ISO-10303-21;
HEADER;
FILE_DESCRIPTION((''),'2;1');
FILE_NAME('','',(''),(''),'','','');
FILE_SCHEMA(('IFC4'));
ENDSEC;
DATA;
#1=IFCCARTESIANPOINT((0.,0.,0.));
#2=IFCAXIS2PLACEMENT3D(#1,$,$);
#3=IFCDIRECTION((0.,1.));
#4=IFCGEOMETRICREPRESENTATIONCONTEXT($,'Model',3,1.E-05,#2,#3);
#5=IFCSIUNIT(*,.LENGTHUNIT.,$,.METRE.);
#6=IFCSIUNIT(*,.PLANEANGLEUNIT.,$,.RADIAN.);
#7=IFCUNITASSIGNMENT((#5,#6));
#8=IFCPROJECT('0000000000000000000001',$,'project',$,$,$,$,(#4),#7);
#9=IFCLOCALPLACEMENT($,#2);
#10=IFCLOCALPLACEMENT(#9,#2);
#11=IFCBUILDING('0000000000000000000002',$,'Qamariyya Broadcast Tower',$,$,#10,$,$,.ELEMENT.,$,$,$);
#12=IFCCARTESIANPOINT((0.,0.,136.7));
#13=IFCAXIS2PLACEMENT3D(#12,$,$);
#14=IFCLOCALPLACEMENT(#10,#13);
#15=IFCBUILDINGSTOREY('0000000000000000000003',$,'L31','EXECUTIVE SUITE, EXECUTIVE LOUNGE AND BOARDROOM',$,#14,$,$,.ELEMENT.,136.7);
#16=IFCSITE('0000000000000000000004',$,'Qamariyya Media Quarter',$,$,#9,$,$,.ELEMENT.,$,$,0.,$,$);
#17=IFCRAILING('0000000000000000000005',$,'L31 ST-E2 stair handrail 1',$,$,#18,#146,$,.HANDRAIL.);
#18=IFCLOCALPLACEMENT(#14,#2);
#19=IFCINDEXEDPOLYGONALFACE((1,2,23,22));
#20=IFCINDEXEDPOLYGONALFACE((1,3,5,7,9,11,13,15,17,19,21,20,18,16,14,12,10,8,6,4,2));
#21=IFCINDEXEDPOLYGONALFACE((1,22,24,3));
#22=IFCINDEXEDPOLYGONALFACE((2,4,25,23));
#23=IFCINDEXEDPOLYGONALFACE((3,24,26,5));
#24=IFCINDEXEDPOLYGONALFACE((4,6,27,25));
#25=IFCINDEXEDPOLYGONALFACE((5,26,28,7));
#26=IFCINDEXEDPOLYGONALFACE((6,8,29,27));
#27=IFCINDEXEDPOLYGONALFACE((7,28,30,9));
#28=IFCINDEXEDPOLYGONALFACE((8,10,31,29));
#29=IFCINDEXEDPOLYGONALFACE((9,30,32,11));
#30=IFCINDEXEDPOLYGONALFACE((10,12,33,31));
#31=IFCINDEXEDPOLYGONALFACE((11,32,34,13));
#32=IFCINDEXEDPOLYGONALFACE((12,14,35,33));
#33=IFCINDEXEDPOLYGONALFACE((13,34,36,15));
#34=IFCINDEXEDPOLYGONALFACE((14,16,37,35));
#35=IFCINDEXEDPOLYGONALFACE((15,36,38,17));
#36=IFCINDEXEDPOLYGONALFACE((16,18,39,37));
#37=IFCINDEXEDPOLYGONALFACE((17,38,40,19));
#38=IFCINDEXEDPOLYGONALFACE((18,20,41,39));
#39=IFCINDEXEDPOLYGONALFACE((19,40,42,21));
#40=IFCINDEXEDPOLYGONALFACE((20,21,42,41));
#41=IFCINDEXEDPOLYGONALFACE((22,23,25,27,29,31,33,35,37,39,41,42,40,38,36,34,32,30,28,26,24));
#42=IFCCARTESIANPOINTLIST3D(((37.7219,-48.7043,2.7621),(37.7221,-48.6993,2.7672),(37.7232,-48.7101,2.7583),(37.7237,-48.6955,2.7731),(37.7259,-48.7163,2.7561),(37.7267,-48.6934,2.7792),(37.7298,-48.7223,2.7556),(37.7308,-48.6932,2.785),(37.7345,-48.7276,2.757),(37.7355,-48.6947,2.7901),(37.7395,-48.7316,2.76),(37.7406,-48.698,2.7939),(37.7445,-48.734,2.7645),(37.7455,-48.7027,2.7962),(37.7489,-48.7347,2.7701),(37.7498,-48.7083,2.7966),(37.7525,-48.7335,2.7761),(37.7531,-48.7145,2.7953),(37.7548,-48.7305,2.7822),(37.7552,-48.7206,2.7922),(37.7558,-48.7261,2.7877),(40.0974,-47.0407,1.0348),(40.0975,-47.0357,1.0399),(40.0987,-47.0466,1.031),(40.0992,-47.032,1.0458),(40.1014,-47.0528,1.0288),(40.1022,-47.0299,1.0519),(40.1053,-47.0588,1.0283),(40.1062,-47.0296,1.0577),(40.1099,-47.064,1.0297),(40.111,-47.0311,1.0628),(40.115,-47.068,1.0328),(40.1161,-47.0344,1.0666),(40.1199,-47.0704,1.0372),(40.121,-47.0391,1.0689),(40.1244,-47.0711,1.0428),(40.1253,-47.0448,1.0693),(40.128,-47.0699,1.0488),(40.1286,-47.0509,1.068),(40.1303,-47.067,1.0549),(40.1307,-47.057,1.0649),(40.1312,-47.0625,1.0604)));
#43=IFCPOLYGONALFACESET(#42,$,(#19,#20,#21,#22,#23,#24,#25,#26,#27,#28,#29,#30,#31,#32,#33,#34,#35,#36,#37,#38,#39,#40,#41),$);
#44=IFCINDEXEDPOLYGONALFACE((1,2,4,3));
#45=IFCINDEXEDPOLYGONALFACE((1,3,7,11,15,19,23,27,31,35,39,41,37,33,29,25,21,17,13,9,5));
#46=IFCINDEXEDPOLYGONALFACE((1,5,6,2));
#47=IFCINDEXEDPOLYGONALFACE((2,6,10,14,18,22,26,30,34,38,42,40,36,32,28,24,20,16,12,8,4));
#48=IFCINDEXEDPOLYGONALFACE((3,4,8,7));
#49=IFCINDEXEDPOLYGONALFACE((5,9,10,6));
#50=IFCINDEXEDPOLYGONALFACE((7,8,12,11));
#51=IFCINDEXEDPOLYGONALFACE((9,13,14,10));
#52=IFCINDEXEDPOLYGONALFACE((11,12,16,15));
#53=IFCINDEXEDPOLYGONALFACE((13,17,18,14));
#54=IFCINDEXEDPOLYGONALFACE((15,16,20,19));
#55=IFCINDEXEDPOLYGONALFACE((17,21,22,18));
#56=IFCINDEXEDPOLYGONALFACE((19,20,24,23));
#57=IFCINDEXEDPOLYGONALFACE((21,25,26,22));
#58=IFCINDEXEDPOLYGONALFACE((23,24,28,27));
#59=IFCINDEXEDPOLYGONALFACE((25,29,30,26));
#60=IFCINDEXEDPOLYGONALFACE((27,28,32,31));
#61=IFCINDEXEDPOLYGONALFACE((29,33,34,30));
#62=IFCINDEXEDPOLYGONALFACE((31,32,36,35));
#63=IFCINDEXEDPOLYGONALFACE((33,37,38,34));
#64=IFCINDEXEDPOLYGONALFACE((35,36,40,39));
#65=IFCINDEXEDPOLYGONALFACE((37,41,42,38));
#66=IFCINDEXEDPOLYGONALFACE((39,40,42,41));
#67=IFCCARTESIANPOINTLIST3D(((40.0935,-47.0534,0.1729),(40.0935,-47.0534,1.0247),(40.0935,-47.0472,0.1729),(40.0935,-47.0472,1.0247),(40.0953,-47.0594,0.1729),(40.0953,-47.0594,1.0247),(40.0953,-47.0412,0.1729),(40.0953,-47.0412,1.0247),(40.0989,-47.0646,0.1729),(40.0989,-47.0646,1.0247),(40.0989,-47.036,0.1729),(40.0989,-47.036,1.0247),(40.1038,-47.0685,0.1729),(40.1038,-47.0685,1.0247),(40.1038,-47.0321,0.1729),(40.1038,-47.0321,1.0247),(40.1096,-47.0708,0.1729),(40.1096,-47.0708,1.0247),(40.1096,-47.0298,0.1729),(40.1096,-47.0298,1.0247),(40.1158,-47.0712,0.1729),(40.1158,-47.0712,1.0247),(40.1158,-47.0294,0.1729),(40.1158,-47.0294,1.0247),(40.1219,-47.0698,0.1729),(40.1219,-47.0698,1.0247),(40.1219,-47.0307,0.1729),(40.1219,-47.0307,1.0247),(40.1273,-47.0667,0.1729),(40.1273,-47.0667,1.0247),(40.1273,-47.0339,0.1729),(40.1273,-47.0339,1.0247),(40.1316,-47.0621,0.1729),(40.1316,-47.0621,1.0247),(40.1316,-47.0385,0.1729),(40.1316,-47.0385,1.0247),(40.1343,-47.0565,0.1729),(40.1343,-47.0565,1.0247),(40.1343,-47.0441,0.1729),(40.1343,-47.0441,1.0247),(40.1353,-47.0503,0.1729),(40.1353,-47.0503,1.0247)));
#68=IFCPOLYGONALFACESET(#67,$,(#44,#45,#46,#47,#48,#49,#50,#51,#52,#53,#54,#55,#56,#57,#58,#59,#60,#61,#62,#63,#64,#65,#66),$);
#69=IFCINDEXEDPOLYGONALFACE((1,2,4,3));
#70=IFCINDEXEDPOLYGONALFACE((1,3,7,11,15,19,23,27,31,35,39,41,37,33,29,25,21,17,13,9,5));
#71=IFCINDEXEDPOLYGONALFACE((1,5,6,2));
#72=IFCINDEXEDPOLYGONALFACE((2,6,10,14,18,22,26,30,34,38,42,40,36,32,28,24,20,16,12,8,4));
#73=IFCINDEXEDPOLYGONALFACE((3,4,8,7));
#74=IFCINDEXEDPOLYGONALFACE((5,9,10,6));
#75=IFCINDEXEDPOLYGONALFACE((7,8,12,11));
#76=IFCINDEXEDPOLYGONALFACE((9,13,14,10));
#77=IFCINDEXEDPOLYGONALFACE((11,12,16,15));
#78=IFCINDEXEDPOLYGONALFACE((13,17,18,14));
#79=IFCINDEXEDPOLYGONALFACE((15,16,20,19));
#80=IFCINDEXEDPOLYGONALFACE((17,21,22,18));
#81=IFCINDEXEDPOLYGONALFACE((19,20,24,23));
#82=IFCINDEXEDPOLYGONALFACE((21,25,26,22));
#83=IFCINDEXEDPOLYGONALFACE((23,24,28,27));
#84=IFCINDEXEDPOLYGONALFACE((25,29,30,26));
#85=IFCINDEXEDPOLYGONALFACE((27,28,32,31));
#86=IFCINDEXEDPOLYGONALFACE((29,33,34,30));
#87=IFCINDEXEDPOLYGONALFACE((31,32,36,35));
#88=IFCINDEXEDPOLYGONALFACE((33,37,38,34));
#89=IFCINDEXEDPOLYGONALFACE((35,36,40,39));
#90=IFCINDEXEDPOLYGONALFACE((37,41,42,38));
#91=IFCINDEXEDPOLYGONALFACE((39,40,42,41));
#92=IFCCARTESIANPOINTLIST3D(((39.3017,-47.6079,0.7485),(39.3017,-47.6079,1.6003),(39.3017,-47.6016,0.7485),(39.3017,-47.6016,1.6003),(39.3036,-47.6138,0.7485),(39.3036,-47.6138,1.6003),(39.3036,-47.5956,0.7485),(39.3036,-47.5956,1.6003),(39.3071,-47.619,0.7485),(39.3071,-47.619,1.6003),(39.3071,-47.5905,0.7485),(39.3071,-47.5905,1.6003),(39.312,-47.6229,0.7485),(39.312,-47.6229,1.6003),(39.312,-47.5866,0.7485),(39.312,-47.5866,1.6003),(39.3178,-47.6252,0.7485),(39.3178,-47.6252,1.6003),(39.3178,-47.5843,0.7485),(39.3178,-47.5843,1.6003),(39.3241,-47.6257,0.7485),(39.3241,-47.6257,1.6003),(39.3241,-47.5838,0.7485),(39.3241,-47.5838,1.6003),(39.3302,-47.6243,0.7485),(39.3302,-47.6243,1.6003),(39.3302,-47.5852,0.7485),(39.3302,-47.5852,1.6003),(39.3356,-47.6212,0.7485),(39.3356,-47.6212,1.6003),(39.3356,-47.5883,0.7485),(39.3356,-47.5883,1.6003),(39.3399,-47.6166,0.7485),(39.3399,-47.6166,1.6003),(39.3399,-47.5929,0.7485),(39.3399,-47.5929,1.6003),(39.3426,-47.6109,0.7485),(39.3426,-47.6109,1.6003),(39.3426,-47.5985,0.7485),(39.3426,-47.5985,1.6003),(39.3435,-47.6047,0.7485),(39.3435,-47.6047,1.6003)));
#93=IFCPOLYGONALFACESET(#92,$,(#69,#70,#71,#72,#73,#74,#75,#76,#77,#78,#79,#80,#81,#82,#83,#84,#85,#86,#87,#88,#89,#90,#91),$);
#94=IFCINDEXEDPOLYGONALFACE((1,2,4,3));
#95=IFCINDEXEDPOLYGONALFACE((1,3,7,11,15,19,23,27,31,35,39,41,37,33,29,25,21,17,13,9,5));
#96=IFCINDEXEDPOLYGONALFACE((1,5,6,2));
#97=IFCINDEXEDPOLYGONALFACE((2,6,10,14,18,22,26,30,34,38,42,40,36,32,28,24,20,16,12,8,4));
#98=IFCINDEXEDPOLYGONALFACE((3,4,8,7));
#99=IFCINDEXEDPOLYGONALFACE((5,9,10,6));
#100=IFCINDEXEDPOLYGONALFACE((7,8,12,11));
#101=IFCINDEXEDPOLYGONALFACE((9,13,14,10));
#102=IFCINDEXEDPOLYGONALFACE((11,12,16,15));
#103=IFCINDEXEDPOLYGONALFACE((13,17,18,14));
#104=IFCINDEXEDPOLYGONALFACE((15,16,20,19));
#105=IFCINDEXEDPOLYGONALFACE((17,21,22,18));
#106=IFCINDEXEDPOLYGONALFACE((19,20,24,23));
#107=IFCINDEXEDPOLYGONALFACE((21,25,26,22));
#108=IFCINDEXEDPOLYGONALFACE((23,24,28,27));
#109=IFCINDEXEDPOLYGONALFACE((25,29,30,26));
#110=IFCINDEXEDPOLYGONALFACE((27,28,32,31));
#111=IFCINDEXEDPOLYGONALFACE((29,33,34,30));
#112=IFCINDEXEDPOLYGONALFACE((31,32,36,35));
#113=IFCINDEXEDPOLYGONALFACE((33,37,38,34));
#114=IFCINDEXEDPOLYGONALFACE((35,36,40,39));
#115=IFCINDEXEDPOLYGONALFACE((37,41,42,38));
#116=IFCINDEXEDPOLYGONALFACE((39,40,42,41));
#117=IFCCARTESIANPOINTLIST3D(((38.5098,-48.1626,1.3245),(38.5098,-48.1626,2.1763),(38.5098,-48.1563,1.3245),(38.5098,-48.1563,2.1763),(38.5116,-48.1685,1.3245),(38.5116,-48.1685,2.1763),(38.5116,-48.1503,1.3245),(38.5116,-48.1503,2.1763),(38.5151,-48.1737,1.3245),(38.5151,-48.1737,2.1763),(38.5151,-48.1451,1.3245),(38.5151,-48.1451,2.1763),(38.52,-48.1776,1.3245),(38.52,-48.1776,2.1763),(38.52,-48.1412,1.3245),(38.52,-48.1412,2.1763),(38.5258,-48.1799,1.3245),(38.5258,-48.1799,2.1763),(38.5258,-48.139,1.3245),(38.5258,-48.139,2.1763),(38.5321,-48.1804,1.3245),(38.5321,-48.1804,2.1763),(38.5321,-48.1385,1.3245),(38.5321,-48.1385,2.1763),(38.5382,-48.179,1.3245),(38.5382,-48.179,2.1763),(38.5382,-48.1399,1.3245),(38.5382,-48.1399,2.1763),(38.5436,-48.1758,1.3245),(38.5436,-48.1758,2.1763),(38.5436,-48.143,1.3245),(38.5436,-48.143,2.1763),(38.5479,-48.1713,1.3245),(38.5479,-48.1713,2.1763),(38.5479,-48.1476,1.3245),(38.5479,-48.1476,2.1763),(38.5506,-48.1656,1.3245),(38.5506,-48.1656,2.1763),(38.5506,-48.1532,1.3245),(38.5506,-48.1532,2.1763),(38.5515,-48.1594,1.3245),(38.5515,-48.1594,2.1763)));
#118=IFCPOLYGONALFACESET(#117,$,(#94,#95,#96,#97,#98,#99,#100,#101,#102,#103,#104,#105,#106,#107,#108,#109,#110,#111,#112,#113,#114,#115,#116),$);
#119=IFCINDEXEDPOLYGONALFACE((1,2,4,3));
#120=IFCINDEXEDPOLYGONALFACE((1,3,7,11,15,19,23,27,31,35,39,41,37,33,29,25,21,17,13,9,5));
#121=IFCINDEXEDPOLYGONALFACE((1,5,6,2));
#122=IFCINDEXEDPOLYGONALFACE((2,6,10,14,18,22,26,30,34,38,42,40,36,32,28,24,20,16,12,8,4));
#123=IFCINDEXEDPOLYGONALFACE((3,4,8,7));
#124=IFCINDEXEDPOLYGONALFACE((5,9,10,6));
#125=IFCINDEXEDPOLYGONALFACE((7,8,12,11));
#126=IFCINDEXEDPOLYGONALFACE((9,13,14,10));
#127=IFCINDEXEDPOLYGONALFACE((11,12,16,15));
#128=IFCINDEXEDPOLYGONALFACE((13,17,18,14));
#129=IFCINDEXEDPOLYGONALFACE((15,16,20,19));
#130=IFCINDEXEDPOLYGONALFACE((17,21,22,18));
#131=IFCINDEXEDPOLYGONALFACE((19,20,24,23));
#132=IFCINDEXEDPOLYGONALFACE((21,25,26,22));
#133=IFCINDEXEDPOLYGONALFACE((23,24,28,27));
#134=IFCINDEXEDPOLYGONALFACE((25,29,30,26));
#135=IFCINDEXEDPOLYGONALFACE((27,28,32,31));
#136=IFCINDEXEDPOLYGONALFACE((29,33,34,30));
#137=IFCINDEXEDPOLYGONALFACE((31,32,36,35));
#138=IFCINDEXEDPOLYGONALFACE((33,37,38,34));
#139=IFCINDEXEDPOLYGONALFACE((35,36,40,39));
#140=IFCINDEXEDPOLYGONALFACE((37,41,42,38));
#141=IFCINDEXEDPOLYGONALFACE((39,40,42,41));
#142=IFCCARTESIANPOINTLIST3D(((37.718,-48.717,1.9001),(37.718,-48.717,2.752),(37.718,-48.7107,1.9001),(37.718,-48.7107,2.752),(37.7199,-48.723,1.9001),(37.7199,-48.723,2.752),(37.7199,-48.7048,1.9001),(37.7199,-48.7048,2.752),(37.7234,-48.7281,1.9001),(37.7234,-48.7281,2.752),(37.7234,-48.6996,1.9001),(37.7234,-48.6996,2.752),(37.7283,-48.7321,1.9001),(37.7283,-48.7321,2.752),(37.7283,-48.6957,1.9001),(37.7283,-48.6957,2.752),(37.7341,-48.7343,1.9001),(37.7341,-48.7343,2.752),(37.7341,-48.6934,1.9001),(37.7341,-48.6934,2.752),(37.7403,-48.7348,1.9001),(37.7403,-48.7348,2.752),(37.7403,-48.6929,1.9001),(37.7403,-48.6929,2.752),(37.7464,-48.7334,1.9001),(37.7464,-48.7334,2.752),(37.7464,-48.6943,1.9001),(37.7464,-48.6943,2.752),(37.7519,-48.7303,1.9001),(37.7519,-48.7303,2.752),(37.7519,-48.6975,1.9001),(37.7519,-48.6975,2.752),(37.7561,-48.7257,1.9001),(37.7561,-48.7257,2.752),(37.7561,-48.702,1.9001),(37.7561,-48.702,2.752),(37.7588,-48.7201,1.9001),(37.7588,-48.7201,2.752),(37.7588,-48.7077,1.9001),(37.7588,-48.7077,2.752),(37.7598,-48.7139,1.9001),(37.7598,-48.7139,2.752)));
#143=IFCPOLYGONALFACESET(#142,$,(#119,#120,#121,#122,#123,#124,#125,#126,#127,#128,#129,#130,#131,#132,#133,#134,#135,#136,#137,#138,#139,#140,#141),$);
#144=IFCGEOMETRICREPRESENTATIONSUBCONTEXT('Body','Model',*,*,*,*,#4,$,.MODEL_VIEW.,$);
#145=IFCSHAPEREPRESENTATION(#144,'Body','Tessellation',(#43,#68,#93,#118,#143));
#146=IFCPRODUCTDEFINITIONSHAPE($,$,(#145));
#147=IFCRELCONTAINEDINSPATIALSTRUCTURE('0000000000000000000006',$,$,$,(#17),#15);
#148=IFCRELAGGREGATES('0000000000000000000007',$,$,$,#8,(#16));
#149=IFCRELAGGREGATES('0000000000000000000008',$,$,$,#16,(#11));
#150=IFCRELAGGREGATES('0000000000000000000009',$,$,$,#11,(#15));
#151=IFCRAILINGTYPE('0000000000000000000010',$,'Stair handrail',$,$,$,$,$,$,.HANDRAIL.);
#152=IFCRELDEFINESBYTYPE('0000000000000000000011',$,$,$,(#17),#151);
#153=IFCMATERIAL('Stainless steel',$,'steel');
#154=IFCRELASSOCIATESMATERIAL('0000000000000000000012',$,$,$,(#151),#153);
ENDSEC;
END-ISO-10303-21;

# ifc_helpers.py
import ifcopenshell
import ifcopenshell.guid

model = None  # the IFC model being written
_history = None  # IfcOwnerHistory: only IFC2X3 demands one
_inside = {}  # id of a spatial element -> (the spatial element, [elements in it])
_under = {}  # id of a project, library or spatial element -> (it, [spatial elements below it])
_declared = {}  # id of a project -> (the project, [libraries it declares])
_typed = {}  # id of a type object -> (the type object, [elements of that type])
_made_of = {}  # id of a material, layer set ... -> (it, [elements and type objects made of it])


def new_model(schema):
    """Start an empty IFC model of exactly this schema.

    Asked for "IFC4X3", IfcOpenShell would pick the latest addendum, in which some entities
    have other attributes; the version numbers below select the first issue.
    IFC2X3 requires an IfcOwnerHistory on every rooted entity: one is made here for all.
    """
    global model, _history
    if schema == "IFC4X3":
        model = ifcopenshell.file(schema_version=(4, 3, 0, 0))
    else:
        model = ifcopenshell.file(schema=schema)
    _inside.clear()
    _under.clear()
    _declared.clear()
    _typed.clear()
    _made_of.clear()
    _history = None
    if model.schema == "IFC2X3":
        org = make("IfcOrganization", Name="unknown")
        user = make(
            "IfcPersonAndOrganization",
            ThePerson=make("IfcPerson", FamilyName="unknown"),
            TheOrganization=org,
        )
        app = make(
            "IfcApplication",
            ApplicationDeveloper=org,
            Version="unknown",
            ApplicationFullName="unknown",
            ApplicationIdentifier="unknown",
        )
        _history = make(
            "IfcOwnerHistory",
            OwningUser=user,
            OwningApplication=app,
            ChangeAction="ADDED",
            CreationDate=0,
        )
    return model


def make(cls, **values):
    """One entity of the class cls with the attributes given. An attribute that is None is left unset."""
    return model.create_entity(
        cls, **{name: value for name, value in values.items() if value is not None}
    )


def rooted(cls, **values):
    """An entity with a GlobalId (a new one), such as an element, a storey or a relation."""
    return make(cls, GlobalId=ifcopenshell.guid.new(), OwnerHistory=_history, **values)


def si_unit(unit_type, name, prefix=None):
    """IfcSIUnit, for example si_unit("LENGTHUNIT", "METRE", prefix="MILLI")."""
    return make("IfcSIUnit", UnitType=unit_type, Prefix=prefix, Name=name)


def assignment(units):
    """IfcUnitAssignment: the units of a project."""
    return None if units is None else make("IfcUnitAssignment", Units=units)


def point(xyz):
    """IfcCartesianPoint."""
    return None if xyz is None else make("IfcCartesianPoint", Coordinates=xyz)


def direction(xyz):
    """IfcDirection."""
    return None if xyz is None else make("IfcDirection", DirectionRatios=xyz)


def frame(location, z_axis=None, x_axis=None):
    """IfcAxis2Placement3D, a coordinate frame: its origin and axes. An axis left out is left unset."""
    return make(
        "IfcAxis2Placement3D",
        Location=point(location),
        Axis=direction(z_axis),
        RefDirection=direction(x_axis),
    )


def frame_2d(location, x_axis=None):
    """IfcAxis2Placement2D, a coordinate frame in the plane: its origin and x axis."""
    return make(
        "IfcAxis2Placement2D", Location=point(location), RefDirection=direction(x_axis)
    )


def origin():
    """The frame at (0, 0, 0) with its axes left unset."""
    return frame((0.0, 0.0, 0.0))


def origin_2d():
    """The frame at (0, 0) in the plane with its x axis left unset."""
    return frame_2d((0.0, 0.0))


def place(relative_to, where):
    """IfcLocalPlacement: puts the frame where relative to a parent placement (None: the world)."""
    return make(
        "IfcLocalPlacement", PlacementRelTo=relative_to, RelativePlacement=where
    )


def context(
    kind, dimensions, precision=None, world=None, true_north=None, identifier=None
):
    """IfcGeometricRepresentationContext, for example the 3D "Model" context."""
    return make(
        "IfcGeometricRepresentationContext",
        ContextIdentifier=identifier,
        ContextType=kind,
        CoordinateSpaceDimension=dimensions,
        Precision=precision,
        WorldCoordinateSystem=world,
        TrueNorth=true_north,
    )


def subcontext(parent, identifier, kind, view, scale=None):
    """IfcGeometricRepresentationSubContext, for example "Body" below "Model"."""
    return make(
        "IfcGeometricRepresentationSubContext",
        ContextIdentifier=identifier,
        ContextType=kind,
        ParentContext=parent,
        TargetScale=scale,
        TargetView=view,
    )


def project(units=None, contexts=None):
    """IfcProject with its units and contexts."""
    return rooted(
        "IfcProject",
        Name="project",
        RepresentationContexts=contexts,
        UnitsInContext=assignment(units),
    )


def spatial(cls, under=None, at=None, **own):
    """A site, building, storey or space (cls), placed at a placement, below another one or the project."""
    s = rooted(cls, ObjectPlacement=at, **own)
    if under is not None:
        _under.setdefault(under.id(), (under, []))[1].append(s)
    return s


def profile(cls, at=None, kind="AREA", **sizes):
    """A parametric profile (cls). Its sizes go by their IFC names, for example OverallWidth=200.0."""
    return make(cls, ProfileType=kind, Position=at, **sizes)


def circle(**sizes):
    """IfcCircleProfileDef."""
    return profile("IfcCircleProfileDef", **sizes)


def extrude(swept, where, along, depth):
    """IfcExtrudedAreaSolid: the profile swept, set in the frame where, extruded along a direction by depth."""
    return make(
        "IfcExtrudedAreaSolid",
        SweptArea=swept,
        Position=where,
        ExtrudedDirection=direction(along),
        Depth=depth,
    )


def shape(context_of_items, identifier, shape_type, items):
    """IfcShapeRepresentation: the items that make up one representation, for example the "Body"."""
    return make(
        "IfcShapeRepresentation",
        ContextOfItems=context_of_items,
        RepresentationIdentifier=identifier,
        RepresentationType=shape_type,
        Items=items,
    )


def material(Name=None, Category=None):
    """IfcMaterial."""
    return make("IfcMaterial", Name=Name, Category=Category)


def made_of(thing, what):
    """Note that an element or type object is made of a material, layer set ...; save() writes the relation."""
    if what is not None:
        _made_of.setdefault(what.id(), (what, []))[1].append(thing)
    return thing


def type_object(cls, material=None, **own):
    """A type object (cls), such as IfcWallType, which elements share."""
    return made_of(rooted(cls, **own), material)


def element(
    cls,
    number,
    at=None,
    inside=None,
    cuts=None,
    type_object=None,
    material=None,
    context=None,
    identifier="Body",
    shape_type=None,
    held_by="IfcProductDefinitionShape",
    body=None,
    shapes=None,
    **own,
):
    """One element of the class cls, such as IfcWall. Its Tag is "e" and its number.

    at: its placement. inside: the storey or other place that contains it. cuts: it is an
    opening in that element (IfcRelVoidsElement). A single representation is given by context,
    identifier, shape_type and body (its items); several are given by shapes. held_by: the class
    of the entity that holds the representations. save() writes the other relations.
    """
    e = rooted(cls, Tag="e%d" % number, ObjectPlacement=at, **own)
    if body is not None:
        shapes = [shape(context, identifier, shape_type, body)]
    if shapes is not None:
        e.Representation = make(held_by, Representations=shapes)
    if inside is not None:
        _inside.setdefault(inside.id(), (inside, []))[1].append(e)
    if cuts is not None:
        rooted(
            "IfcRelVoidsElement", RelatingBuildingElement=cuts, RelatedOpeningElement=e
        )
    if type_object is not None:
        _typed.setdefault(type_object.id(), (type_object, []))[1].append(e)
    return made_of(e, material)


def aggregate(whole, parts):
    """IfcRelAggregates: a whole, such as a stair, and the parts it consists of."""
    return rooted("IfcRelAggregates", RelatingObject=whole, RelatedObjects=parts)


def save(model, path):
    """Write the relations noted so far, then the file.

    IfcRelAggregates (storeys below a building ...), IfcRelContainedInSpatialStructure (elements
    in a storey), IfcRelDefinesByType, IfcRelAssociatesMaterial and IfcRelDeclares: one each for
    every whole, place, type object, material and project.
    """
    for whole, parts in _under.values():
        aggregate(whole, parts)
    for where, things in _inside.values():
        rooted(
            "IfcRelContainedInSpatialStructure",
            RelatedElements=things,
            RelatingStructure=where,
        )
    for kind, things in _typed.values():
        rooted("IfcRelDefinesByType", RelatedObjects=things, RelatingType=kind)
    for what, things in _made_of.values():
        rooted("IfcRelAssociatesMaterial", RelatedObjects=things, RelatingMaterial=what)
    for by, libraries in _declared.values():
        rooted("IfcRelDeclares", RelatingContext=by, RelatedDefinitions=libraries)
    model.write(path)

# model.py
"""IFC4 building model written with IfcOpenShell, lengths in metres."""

from ifc_helpers import new_model, si_unit, direction, frame, origin, origin_2d, place, context, subcontext, project, spatial, circle, extrude, material, type_object, element, save


model = new_model("IFC4")

# Units and contexts
model_context = context("Model", 3, precision=1e-05, world=origin(), true_north=direction((0.0, 1.0)))
body_context = subcontext(model_context, "Body", "Model", "MODEL_VIEW")
ifc_project = project(units=[si_unit("LENGTHUNIT", "METRE"), si_unit("PLANEANGLEUNIT", "RADIAN")], contexts=[model_context])

# Site, building, storey
site_placement = place(None, origin())
site = spatial("IfcSite", under=ifc_project, at=site_placement, Name="Qamariyya Media Quarter", CompositionType="ELEMENT", RefElevation=0.0)
building_placement = place(site_placement, origin())
building = spatial("IfcBuilding", under=site, at=building_placement, Name="Qamariyya Broadcast Tower", CompositionType="ELEMENT")
storey_placement = place(building_placement, frame((0.0, 0.0, 136.7)))
storey = spatial("IfcBuildingStorey", under=building, at=storey_placement, Name="L31", Description="EXECUTIVE SUITE, EXECUTIVE LOUNGE AND BOARDROOM", CompositionType="ELEMENT", Elevation=136.7)

# Railing
ifc_material_1 = material(Name="Stainless steel", Category="steel")
railing_type_1 = type_object("IfcRailingType", Name="Stair handrail", PredefinedType="HANDRAIL", material=ifc_material_1)
railing_1_placement = place(storey_placement, frame((40.1143, -47.0503, 0.1729)))
element("IfcRailing", 1, at=railing_1_placement, inside=storey, type_object=railing_type_1, Name="L31 ST-E2 stair handrail 1", PredefinedType="HANDRAIL", context=body_context, shape_type="SweptSolid", body=[
    extrude(circle(Radius=0.0239, at=origin_2d()), frame((0.0, 0.0, 0.876), z_axis=(-0.703745, -0.492838, 0.511716), x_axis=(0.573632, -0.819113, 0.0)), (0.0, 0.0, 1.0), 3.3755),
    extrude(circle(Radius=0.021, at=origin_2d()), origin(), (0.0, 0.0, 1.0), 0.8518),
    extrude(circle(Radius=0.021, at=origin_2d()), frame((-0.7917, -0.5544, 0.5757)), (0.0, 0.0, 1.0), 0.8518),
    extrude(circle(Radius=0.021, at=origin_2d()), frame((-1.5837, -1.1091, 1.1516)), (0.0, 0.0, 1.0), 0.8518),
    extrude(circle(Radius=0.021, at=origin_2d()), frame((-2.3755, -1.6636, 1.7273)), (0.0, 0.0, 1.0), 0.8518),
])

save(model, "model.ifc")
